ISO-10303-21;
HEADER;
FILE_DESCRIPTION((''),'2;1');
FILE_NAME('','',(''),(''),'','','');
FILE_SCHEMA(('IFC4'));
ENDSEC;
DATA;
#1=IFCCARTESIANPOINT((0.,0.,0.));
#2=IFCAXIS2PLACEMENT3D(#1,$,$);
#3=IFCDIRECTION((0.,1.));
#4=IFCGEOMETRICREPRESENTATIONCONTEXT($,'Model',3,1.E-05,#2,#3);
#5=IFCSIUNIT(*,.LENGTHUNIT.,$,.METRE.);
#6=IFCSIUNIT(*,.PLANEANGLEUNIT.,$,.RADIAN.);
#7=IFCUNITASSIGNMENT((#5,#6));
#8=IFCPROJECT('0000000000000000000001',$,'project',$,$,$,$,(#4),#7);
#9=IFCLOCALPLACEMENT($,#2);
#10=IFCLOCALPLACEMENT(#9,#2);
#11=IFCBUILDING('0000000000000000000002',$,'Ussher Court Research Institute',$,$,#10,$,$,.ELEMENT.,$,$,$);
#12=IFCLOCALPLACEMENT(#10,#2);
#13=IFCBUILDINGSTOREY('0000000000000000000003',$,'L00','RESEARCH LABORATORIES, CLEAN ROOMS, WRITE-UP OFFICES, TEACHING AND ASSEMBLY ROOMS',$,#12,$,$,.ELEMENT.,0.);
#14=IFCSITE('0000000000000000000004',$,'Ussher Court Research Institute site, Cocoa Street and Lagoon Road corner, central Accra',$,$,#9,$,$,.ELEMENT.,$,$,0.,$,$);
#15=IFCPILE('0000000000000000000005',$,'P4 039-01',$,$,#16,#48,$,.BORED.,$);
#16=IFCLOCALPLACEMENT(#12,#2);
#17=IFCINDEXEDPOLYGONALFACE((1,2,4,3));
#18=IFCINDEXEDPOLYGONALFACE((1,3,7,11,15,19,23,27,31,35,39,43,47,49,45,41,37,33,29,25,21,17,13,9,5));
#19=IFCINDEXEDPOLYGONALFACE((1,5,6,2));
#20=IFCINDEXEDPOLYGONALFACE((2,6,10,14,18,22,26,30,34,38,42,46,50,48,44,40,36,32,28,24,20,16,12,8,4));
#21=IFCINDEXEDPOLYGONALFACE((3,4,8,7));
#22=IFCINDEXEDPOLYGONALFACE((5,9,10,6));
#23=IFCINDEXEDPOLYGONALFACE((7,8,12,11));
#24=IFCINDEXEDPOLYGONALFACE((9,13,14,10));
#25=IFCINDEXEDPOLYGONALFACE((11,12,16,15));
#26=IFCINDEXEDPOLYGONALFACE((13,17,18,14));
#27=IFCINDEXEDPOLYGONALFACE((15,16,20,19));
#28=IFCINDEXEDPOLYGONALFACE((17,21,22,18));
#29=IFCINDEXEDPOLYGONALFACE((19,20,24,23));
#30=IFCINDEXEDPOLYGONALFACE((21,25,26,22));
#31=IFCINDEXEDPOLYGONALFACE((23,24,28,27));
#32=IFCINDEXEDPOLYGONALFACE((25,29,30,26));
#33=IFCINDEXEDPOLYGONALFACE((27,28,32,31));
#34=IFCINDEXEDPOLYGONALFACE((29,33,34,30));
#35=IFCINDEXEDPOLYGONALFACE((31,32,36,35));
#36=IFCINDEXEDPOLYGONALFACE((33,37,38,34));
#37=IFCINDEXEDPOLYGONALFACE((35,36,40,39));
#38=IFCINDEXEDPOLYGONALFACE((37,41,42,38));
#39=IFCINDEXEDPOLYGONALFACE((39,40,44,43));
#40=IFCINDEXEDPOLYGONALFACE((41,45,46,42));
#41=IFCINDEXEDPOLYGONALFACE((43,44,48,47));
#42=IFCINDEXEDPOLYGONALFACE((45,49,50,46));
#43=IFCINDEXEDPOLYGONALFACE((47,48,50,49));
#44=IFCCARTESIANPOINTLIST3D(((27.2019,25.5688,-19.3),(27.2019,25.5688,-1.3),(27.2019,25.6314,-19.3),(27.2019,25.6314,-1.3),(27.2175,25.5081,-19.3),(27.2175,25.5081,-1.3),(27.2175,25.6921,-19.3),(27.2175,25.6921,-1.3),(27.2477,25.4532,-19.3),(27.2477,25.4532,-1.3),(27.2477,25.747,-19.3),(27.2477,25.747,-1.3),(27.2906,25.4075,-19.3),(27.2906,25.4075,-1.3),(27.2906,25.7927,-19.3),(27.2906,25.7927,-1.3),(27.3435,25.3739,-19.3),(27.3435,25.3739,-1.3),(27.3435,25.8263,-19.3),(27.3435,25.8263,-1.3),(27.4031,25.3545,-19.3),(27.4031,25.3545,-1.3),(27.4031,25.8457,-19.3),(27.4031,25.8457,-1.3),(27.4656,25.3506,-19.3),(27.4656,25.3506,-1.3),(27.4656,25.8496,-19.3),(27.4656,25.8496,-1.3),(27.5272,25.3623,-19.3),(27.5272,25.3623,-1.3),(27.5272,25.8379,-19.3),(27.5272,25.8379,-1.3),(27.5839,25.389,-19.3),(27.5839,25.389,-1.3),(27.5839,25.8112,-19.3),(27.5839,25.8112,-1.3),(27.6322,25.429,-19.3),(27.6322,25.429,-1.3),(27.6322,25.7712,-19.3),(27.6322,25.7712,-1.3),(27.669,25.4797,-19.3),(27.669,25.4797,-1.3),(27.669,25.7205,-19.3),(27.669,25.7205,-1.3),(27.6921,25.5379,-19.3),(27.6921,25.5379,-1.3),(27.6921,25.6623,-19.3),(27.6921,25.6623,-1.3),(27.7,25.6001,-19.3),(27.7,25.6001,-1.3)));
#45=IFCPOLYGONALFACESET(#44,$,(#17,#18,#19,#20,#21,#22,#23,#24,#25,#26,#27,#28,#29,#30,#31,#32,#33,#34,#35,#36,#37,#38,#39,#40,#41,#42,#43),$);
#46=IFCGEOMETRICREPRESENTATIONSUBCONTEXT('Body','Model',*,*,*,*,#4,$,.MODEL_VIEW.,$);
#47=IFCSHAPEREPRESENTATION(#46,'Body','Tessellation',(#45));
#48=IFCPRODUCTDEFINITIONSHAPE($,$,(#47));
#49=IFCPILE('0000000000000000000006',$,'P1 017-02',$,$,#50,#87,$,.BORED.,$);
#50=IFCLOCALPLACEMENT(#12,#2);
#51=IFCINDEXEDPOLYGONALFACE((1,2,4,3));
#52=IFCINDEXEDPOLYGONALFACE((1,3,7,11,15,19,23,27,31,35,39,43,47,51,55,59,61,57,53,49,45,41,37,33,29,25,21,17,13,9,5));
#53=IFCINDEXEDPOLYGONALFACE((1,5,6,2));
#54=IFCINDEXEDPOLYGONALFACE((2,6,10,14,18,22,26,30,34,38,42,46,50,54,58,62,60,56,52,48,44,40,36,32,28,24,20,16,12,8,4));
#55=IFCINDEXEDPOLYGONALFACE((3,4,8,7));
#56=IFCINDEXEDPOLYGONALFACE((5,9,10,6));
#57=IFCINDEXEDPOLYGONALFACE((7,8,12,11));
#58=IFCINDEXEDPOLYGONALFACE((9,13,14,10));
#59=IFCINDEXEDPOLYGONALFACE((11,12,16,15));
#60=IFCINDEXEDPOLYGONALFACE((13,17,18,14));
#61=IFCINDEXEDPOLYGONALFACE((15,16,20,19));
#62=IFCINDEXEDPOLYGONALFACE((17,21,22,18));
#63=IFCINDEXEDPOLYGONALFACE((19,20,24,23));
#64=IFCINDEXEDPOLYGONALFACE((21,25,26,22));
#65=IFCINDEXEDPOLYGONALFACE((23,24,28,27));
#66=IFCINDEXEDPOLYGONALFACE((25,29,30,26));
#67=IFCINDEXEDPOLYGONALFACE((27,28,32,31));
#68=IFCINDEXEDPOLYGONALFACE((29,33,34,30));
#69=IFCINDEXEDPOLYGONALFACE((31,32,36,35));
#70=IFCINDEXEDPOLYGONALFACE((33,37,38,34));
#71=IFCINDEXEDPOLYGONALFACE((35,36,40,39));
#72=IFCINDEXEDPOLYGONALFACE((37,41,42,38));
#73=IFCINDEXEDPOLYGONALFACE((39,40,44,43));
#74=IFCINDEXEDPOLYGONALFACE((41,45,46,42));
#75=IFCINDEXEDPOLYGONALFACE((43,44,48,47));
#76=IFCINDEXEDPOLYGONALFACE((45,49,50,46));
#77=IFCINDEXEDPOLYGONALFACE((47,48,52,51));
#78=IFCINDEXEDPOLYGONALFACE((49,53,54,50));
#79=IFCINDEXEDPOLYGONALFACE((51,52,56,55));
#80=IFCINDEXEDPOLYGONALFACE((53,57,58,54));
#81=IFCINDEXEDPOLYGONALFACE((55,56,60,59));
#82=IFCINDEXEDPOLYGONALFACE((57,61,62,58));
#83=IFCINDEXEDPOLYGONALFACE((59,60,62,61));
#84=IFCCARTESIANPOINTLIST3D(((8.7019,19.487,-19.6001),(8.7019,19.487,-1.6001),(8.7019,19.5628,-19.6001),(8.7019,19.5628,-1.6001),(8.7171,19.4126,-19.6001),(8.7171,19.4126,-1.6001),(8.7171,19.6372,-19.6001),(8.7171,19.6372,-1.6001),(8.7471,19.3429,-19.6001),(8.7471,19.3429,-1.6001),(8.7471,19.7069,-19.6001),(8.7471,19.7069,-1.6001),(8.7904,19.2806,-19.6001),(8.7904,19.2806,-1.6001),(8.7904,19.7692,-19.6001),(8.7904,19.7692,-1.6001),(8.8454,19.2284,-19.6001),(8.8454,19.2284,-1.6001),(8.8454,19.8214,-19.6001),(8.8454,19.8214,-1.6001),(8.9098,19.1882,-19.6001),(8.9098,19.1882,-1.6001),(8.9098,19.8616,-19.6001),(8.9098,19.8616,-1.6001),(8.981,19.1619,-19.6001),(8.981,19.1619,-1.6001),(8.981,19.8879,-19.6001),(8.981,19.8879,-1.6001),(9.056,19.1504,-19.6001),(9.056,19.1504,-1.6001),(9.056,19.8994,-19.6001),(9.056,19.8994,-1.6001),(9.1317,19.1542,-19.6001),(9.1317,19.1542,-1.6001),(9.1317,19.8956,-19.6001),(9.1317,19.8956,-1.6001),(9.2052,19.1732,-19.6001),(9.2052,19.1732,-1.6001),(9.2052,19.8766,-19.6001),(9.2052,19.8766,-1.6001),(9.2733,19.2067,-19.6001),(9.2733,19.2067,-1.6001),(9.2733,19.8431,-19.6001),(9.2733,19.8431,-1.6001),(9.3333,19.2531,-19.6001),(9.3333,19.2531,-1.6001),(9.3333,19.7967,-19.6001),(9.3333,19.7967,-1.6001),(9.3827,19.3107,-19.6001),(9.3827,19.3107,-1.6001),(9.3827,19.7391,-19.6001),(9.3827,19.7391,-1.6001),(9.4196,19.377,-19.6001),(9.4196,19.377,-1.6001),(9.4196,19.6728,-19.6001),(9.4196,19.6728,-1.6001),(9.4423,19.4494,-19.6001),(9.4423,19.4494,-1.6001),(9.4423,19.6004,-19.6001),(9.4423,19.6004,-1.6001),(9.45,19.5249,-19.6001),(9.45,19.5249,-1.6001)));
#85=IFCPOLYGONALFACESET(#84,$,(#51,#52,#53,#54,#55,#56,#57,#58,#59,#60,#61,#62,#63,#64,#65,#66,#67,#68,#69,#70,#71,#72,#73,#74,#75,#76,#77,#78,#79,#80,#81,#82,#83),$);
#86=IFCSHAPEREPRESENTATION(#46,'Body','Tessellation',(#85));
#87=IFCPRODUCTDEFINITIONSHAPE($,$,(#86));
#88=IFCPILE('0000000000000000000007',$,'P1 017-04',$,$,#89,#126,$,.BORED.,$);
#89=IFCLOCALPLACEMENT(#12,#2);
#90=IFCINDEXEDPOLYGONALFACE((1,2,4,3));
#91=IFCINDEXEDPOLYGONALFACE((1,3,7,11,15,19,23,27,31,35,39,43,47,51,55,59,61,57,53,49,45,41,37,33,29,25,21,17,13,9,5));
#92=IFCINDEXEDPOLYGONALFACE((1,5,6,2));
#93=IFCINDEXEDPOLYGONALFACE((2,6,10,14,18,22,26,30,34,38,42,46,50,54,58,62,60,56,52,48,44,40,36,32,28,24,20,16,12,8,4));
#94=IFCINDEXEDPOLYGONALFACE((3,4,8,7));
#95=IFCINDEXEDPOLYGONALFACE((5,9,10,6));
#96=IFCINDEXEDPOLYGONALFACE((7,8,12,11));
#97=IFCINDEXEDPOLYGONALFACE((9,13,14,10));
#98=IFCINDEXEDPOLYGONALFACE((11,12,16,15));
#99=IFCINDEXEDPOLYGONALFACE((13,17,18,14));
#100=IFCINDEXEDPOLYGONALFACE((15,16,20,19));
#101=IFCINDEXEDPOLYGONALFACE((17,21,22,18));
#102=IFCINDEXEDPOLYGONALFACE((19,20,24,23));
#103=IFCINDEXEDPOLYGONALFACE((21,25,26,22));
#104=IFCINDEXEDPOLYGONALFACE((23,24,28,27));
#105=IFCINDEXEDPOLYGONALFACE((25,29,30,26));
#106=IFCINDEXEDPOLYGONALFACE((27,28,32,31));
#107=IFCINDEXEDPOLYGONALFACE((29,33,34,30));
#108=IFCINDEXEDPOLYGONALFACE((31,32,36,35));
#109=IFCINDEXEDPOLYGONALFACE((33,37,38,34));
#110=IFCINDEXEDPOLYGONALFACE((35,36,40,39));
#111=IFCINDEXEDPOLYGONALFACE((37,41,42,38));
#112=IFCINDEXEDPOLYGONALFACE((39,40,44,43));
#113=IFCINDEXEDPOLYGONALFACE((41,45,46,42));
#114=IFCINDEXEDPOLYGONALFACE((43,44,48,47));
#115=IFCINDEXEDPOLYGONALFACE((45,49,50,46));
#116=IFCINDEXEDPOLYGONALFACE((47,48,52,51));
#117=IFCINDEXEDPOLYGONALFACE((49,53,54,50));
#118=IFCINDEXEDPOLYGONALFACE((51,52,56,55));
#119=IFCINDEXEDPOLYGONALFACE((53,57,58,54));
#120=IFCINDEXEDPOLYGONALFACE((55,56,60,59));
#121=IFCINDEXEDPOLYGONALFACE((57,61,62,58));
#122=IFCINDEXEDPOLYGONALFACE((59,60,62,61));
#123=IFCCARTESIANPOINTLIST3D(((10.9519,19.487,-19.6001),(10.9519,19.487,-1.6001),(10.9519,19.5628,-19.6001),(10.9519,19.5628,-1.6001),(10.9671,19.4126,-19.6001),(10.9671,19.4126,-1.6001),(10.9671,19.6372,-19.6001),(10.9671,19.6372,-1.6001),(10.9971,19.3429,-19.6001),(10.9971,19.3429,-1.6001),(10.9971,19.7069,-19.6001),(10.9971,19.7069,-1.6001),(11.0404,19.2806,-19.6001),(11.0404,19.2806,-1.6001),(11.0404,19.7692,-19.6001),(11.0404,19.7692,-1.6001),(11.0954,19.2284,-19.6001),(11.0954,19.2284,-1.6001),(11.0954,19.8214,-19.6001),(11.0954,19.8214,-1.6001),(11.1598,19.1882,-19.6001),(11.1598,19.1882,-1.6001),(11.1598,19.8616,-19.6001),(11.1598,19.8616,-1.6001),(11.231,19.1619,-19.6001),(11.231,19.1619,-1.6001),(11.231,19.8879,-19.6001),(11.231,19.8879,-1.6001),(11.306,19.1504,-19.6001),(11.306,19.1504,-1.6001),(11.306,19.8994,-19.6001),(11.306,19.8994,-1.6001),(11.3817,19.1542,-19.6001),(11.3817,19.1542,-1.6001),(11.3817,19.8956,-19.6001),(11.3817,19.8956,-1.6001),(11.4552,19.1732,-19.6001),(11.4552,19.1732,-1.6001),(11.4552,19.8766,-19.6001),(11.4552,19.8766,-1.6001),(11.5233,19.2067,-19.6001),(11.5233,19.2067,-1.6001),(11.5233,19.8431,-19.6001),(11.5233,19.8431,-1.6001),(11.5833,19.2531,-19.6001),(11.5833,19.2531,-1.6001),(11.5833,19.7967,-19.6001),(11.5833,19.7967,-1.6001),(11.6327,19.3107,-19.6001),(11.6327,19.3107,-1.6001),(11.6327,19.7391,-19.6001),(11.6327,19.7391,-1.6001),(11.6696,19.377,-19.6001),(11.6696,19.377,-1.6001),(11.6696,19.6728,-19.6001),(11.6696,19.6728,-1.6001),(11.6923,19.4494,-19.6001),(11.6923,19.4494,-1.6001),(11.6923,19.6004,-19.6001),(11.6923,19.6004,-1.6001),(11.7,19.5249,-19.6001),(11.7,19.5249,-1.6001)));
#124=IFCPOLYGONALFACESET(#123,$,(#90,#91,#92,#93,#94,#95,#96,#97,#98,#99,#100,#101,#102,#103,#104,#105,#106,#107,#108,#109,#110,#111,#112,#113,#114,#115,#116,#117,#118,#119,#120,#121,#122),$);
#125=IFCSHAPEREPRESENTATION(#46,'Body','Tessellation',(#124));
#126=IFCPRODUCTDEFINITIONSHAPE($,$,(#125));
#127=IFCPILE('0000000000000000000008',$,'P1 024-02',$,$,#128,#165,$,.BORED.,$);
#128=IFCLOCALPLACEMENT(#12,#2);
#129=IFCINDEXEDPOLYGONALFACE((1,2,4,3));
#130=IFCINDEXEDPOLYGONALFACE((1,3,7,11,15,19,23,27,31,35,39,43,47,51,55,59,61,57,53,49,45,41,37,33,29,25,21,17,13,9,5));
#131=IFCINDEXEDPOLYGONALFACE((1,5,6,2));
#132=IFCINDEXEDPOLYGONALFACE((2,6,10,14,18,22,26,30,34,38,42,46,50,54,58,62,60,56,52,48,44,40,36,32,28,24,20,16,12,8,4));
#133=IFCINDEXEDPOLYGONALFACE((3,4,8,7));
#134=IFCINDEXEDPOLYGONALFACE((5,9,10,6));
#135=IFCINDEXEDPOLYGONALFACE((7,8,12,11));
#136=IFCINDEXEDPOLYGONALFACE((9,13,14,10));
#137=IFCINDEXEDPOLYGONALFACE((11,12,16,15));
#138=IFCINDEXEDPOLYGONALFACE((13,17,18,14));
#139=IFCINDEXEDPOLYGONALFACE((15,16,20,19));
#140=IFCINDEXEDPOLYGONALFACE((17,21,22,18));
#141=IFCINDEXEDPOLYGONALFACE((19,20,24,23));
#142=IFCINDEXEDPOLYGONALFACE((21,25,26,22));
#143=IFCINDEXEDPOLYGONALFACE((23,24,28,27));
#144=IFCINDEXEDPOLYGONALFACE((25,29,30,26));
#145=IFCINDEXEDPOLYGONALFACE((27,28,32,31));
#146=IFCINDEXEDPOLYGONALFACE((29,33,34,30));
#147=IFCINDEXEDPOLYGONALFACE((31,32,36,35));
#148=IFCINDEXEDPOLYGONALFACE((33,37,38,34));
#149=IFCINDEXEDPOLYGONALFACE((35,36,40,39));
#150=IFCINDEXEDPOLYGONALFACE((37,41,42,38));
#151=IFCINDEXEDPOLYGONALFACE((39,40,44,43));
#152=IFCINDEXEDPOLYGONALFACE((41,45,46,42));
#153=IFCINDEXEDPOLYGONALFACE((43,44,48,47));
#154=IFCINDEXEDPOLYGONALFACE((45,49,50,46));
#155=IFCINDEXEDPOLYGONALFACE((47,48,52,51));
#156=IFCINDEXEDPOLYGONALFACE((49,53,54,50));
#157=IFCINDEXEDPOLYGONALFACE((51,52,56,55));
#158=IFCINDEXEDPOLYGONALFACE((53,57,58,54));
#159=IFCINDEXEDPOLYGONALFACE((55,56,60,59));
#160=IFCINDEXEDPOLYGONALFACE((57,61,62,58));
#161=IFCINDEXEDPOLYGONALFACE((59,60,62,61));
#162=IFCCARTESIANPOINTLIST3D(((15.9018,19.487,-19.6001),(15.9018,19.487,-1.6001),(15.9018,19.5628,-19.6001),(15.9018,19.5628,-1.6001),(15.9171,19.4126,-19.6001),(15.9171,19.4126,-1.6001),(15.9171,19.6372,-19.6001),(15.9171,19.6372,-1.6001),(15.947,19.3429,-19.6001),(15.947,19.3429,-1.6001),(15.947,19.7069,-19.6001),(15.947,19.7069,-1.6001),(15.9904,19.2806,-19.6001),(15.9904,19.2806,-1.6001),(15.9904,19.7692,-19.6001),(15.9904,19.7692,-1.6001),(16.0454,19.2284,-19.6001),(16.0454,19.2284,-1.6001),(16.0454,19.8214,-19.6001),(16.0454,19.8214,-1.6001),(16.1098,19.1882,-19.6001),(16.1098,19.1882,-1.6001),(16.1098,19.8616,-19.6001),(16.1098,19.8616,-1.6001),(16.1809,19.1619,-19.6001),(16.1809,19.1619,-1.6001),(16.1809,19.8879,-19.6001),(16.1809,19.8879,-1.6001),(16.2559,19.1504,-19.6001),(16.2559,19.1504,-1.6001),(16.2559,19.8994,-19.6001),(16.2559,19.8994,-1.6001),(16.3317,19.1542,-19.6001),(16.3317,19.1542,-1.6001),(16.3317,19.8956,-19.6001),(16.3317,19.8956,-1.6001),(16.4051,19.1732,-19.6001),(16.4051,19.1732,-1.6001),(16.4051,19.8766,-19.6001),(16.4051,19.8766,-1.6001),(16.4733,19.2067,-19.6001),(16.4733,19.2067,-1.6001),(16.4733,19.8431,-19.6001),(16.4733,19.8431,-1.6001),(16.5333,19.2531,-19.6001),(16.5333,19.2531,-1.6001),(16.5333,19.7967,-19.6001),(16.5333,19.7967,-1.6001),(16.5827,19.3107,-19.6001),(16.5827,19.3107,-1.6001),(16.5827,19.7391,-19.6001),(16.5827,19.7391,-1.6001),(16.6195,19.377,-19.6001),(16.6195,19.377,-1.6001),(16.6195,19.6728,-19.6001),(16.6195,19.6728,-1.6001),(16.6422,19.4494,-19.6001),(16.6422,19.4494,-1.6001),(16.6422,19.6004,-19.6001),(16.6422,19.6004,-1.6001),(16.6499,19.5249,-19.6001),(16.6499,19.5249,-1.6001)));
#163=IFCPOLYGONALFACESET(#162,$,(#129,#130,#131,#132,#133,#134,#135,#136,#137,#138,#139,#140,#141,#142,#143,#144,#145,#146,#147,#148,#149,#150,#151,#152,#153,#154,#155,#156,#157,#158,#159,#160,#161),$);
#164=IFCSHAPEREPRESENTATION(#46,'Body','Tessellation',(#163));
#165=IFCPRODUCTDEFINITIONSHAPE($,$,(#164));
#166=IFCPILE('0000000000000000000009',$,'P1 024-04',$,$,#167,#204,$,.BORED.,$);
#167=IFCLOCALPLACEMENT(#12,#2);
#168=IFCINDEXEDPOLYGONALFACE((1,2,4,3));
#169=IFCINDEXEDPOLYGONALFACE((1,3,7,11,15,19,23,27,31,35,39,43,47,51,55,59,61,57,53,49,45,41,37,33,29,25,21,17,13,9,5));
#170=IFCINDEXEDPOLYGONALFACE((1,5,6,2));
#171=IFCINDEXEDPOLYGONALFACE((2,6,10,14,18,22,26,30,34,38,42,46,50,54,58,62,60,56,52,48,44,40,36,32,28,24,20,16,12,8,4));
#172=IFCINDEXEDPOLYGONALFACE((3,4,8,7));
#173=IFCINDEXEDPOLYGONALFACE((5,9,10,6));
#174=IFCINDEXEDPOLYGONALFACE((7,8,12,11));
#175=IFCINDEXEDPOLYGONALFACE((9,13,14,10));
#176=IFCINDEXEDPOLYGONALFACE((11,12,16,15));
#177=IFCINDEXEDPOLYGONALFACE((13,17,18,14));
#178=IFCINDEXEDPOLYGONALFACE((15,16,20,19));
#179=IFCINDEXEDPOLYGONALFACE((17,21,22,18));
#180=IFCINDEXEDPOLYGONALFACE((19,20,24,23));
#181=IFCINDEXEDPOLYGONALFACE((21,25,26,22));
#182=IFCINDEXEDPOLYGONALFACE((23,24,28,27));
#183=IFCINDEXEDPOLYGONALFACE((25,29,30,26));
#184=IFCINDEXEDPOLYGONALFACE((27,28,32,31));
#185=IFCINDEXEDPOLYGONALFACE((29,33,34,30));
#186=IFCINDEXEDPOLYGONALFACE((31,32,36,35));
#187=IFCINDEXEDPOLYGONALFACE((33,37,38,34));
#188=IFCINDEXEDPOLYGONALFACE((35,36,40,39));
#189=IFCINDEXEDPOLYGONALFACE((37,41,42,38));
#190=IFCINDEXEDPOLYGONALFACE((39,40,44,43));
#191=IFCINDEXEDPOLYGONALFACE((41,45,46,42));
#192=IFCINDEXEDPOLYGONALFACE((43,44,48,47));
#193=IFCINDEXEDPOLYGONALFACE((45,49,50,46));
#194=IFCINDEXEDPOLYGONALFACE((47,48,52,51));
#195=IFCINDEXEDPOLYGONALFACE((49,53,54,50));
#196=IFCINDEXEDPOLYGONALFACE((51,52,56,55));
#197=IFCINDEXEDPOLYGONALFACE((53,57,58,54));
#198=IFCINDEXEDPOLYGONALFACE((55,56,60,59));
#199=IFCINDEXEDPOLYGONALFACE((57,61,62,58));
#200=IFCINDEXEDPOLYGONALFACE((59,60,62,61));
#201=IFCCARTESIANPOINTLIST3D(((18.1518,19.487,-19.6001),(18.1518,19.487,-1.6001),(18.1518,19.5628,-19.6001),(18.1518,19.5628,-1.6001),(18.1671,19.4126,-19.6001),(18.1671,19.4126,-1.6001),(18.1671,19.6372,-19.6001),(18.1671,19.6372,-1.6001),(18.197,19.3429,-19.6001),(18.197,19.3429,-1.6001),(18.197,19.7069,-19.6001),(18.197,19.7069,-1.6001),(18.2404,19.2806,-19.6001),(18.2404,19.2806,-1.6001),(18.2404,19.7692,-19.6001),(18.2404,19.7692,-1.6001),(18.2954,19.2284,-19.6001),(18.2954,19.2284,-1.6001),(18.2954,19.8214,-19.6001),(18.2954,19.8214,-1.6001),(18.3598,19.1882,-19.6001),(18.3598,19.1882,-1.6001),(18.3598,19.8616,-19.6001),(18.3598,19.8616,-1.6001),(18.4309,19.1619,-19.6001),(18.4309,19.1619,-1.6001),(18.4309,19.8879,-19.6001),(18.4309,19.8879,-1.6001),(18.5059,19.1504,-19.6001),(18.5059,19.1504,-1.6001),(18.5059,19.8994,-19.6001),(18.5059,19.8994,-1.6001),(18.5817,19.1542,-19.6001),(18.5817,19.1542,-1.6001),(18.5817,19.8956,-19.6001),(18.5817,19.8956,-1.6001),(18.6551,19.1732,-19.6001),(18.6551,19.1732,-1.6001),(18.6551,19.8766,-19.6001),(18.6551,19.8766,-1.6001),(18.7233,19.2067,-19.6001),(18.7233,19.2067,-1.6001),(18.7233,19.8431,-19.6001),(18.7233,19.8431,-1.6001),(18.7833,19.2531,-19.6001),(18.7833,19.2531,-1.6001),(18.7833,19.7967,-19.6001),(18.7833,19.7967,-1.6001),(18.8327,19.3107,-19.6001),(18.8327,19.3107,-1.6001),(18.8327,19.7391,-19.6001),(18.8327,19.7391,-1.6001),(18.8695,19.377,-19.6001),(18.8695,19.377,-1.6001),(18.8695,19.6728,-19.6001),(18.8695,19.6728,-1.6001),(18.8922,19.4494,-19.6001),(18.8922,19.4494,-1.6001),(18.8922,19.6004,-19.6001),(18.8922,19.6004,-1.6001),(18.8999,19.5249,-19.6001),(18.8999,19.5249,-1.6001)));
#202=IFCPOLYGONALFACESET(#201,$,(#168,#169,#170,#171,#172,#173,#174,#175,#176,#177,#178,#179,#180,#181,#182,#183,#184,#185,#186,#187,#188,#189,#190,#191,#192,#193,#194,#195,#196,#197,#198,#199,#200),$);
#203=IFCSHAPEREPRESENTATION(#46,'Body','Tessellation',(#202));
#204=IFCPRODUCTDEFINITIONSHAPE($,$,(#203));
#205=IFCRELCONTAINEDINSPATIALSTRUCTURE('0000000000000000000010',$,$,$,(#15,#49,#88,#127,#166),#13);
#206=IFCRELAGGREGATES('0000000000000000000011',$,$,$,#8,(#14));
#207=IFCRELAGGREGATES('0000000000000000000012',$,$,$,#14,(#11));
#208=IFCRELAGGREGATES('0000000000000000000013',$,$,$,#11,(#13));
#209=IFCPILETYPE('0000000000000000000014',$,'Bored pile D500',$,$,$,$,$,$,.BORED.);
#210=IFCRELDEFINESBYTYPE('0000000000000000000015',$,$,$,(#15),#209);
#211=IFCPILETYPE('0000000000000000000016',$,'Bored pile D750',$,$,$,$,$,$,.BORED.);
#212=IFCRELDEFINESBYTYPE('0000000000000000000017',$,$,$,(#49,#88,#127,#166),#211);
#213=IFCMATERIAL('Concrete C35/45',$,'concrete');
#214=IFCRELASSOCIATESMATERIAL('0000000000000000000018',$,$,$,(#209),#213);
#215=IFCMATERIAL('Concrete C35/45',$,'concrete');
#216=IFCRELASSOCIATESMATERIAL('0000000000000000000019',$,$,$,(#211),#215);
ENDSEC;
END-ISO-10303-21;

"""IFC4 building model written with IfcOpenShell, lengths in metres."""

from ifc_helpers import new_model, si_unit, direction, frame, origin, origin_2d, place, context, subcontext, project, spatial, circle, extrude, material, material_profile, profile_set, type_object, element, save


model = new_model("IFC4")

# Units and contexts
model_context = context("Model", 3, precision=1e-05, world=origin(), true_north=direction((0.0, 1.0)))
body_context = subcontext(model_context, "Body", "Model", "MODEL_VIEW")
ifc_project = project(units=[si_unit("LENGTHUNIT", "METRE"), si_unit("PLANEANGLEUNIT", "RADIAN")], contexts=[model_context])

# Site, building, storey
site_placement = place(None, origin())
site = spatial("IfcSite", under=ifc_project, at=site_placement, Name="Ussher Court Research Institute site, Cocoa Street and Lagoon Road corner, central Accra", CompositionType="ELEMENT", RefElevation=0.0)
building_placement = place(site_placement, origin())
building = spatial("IfcBuilding", under=site, at=building_placement, Name="Ussher Court Research Institute", CompositionType="ELEMENT")
storey_placement = place(building_placement, origin())
storey = spatial("IfcBuildingStorey", under=building, at=storey_placement, Name="L00", Description="RESEARCH LABORATORIES, CLEAN ROOMS, WRITE-UP OFFICES, TEACHING AND ASSEMBLY ROOMS", CompositionType="ELEMENT", Elevation=0.0)

# Piles
ifc_material_1 = material(Name="Concrete C35/45", Category="concrete")
ifc_material_profile_1 = material_profile(ifc_material_1, circle(Radius=0.25, at=origin_2d()), Name="RC D500")
ifc_profile_set_1 = profile_set([ifc_material_profile_1], Name="Concrete C35/45")
pile_type_1 = type_object("IfcPileType", Name="Bored pile D500", PredefinedType="BORED", material=ifc_profile_set_1)
pile_placement = place(storey_placement, frame((27.45, 25.6001, -1.3), z_axis=(0.0, 0.0, -1.0), x_axis=(1.0, 0.0, 0.0)))
element("IfcPile", 1, at=pile_placement, inside=storey, type_object=pile_type_1, Name="P4 039-01", PredefinedType="BORED", context=body_context, shape_type="SweptSolid", body=[
    extrude(circle(Radius=0.25, at=origin_2d()), origin(), (0.0, 0.0, 1.0), 18.0),
])
ifc_material_2 = material(Name="Concrete C35/45", Category="concrete")
ifc_material_profile_2 = material_profile(ifc_material_2, circle(Radius=0.375, at=origin_2d()), Name="RC D750")
ifc_profile_set_2 = profile_set([ifc_material_profile_2], Name="Concrete C35/45")
pile_type_2 = type_object("IfcPileType", Name="Bored pile D750", PredefinedType="BORED", material=ifc_profile_set_2)
for number, where, z_axis, x_axis, name in (
    (2, (9.075, 19.5249, -1.6001), (0.0, 0.0, -1.0), (1.0, 0.0, 0.0), "P1 017-02"),
    (3, (11.325, 19.5249, -1.6001), (0.0, 0.0, -1.0), (1.0, 0.0, 0.0), "P1 017-04"),
    (4, (16.2749, 19.5249, -1.6001), (0.0, 0.0, -1.0), (1.0, 0.0, 0.0), "P1 024-02"),
    (5, (18.5249, 19.5249, -1.6001), (0.0, 0.0, -1.0), (1.0, 0.0, 0.0), "P1 024-04"),
):
    element("IfcPile", number, at=place(storey_placement, frame(where, z_axis=z_axis, x_axis=x_axis)), inside=storey, type_object=pile_type_2, Name=name, PredefinedType="BORED", context=body_context, shape_type="SweptSolid", body=[
        extrude(circle(Radius=0.375, at=origin_2d()), origin(), (0.0, 0.0, 1.0), 18.0),
    ])

save(model, "model.ifc")
